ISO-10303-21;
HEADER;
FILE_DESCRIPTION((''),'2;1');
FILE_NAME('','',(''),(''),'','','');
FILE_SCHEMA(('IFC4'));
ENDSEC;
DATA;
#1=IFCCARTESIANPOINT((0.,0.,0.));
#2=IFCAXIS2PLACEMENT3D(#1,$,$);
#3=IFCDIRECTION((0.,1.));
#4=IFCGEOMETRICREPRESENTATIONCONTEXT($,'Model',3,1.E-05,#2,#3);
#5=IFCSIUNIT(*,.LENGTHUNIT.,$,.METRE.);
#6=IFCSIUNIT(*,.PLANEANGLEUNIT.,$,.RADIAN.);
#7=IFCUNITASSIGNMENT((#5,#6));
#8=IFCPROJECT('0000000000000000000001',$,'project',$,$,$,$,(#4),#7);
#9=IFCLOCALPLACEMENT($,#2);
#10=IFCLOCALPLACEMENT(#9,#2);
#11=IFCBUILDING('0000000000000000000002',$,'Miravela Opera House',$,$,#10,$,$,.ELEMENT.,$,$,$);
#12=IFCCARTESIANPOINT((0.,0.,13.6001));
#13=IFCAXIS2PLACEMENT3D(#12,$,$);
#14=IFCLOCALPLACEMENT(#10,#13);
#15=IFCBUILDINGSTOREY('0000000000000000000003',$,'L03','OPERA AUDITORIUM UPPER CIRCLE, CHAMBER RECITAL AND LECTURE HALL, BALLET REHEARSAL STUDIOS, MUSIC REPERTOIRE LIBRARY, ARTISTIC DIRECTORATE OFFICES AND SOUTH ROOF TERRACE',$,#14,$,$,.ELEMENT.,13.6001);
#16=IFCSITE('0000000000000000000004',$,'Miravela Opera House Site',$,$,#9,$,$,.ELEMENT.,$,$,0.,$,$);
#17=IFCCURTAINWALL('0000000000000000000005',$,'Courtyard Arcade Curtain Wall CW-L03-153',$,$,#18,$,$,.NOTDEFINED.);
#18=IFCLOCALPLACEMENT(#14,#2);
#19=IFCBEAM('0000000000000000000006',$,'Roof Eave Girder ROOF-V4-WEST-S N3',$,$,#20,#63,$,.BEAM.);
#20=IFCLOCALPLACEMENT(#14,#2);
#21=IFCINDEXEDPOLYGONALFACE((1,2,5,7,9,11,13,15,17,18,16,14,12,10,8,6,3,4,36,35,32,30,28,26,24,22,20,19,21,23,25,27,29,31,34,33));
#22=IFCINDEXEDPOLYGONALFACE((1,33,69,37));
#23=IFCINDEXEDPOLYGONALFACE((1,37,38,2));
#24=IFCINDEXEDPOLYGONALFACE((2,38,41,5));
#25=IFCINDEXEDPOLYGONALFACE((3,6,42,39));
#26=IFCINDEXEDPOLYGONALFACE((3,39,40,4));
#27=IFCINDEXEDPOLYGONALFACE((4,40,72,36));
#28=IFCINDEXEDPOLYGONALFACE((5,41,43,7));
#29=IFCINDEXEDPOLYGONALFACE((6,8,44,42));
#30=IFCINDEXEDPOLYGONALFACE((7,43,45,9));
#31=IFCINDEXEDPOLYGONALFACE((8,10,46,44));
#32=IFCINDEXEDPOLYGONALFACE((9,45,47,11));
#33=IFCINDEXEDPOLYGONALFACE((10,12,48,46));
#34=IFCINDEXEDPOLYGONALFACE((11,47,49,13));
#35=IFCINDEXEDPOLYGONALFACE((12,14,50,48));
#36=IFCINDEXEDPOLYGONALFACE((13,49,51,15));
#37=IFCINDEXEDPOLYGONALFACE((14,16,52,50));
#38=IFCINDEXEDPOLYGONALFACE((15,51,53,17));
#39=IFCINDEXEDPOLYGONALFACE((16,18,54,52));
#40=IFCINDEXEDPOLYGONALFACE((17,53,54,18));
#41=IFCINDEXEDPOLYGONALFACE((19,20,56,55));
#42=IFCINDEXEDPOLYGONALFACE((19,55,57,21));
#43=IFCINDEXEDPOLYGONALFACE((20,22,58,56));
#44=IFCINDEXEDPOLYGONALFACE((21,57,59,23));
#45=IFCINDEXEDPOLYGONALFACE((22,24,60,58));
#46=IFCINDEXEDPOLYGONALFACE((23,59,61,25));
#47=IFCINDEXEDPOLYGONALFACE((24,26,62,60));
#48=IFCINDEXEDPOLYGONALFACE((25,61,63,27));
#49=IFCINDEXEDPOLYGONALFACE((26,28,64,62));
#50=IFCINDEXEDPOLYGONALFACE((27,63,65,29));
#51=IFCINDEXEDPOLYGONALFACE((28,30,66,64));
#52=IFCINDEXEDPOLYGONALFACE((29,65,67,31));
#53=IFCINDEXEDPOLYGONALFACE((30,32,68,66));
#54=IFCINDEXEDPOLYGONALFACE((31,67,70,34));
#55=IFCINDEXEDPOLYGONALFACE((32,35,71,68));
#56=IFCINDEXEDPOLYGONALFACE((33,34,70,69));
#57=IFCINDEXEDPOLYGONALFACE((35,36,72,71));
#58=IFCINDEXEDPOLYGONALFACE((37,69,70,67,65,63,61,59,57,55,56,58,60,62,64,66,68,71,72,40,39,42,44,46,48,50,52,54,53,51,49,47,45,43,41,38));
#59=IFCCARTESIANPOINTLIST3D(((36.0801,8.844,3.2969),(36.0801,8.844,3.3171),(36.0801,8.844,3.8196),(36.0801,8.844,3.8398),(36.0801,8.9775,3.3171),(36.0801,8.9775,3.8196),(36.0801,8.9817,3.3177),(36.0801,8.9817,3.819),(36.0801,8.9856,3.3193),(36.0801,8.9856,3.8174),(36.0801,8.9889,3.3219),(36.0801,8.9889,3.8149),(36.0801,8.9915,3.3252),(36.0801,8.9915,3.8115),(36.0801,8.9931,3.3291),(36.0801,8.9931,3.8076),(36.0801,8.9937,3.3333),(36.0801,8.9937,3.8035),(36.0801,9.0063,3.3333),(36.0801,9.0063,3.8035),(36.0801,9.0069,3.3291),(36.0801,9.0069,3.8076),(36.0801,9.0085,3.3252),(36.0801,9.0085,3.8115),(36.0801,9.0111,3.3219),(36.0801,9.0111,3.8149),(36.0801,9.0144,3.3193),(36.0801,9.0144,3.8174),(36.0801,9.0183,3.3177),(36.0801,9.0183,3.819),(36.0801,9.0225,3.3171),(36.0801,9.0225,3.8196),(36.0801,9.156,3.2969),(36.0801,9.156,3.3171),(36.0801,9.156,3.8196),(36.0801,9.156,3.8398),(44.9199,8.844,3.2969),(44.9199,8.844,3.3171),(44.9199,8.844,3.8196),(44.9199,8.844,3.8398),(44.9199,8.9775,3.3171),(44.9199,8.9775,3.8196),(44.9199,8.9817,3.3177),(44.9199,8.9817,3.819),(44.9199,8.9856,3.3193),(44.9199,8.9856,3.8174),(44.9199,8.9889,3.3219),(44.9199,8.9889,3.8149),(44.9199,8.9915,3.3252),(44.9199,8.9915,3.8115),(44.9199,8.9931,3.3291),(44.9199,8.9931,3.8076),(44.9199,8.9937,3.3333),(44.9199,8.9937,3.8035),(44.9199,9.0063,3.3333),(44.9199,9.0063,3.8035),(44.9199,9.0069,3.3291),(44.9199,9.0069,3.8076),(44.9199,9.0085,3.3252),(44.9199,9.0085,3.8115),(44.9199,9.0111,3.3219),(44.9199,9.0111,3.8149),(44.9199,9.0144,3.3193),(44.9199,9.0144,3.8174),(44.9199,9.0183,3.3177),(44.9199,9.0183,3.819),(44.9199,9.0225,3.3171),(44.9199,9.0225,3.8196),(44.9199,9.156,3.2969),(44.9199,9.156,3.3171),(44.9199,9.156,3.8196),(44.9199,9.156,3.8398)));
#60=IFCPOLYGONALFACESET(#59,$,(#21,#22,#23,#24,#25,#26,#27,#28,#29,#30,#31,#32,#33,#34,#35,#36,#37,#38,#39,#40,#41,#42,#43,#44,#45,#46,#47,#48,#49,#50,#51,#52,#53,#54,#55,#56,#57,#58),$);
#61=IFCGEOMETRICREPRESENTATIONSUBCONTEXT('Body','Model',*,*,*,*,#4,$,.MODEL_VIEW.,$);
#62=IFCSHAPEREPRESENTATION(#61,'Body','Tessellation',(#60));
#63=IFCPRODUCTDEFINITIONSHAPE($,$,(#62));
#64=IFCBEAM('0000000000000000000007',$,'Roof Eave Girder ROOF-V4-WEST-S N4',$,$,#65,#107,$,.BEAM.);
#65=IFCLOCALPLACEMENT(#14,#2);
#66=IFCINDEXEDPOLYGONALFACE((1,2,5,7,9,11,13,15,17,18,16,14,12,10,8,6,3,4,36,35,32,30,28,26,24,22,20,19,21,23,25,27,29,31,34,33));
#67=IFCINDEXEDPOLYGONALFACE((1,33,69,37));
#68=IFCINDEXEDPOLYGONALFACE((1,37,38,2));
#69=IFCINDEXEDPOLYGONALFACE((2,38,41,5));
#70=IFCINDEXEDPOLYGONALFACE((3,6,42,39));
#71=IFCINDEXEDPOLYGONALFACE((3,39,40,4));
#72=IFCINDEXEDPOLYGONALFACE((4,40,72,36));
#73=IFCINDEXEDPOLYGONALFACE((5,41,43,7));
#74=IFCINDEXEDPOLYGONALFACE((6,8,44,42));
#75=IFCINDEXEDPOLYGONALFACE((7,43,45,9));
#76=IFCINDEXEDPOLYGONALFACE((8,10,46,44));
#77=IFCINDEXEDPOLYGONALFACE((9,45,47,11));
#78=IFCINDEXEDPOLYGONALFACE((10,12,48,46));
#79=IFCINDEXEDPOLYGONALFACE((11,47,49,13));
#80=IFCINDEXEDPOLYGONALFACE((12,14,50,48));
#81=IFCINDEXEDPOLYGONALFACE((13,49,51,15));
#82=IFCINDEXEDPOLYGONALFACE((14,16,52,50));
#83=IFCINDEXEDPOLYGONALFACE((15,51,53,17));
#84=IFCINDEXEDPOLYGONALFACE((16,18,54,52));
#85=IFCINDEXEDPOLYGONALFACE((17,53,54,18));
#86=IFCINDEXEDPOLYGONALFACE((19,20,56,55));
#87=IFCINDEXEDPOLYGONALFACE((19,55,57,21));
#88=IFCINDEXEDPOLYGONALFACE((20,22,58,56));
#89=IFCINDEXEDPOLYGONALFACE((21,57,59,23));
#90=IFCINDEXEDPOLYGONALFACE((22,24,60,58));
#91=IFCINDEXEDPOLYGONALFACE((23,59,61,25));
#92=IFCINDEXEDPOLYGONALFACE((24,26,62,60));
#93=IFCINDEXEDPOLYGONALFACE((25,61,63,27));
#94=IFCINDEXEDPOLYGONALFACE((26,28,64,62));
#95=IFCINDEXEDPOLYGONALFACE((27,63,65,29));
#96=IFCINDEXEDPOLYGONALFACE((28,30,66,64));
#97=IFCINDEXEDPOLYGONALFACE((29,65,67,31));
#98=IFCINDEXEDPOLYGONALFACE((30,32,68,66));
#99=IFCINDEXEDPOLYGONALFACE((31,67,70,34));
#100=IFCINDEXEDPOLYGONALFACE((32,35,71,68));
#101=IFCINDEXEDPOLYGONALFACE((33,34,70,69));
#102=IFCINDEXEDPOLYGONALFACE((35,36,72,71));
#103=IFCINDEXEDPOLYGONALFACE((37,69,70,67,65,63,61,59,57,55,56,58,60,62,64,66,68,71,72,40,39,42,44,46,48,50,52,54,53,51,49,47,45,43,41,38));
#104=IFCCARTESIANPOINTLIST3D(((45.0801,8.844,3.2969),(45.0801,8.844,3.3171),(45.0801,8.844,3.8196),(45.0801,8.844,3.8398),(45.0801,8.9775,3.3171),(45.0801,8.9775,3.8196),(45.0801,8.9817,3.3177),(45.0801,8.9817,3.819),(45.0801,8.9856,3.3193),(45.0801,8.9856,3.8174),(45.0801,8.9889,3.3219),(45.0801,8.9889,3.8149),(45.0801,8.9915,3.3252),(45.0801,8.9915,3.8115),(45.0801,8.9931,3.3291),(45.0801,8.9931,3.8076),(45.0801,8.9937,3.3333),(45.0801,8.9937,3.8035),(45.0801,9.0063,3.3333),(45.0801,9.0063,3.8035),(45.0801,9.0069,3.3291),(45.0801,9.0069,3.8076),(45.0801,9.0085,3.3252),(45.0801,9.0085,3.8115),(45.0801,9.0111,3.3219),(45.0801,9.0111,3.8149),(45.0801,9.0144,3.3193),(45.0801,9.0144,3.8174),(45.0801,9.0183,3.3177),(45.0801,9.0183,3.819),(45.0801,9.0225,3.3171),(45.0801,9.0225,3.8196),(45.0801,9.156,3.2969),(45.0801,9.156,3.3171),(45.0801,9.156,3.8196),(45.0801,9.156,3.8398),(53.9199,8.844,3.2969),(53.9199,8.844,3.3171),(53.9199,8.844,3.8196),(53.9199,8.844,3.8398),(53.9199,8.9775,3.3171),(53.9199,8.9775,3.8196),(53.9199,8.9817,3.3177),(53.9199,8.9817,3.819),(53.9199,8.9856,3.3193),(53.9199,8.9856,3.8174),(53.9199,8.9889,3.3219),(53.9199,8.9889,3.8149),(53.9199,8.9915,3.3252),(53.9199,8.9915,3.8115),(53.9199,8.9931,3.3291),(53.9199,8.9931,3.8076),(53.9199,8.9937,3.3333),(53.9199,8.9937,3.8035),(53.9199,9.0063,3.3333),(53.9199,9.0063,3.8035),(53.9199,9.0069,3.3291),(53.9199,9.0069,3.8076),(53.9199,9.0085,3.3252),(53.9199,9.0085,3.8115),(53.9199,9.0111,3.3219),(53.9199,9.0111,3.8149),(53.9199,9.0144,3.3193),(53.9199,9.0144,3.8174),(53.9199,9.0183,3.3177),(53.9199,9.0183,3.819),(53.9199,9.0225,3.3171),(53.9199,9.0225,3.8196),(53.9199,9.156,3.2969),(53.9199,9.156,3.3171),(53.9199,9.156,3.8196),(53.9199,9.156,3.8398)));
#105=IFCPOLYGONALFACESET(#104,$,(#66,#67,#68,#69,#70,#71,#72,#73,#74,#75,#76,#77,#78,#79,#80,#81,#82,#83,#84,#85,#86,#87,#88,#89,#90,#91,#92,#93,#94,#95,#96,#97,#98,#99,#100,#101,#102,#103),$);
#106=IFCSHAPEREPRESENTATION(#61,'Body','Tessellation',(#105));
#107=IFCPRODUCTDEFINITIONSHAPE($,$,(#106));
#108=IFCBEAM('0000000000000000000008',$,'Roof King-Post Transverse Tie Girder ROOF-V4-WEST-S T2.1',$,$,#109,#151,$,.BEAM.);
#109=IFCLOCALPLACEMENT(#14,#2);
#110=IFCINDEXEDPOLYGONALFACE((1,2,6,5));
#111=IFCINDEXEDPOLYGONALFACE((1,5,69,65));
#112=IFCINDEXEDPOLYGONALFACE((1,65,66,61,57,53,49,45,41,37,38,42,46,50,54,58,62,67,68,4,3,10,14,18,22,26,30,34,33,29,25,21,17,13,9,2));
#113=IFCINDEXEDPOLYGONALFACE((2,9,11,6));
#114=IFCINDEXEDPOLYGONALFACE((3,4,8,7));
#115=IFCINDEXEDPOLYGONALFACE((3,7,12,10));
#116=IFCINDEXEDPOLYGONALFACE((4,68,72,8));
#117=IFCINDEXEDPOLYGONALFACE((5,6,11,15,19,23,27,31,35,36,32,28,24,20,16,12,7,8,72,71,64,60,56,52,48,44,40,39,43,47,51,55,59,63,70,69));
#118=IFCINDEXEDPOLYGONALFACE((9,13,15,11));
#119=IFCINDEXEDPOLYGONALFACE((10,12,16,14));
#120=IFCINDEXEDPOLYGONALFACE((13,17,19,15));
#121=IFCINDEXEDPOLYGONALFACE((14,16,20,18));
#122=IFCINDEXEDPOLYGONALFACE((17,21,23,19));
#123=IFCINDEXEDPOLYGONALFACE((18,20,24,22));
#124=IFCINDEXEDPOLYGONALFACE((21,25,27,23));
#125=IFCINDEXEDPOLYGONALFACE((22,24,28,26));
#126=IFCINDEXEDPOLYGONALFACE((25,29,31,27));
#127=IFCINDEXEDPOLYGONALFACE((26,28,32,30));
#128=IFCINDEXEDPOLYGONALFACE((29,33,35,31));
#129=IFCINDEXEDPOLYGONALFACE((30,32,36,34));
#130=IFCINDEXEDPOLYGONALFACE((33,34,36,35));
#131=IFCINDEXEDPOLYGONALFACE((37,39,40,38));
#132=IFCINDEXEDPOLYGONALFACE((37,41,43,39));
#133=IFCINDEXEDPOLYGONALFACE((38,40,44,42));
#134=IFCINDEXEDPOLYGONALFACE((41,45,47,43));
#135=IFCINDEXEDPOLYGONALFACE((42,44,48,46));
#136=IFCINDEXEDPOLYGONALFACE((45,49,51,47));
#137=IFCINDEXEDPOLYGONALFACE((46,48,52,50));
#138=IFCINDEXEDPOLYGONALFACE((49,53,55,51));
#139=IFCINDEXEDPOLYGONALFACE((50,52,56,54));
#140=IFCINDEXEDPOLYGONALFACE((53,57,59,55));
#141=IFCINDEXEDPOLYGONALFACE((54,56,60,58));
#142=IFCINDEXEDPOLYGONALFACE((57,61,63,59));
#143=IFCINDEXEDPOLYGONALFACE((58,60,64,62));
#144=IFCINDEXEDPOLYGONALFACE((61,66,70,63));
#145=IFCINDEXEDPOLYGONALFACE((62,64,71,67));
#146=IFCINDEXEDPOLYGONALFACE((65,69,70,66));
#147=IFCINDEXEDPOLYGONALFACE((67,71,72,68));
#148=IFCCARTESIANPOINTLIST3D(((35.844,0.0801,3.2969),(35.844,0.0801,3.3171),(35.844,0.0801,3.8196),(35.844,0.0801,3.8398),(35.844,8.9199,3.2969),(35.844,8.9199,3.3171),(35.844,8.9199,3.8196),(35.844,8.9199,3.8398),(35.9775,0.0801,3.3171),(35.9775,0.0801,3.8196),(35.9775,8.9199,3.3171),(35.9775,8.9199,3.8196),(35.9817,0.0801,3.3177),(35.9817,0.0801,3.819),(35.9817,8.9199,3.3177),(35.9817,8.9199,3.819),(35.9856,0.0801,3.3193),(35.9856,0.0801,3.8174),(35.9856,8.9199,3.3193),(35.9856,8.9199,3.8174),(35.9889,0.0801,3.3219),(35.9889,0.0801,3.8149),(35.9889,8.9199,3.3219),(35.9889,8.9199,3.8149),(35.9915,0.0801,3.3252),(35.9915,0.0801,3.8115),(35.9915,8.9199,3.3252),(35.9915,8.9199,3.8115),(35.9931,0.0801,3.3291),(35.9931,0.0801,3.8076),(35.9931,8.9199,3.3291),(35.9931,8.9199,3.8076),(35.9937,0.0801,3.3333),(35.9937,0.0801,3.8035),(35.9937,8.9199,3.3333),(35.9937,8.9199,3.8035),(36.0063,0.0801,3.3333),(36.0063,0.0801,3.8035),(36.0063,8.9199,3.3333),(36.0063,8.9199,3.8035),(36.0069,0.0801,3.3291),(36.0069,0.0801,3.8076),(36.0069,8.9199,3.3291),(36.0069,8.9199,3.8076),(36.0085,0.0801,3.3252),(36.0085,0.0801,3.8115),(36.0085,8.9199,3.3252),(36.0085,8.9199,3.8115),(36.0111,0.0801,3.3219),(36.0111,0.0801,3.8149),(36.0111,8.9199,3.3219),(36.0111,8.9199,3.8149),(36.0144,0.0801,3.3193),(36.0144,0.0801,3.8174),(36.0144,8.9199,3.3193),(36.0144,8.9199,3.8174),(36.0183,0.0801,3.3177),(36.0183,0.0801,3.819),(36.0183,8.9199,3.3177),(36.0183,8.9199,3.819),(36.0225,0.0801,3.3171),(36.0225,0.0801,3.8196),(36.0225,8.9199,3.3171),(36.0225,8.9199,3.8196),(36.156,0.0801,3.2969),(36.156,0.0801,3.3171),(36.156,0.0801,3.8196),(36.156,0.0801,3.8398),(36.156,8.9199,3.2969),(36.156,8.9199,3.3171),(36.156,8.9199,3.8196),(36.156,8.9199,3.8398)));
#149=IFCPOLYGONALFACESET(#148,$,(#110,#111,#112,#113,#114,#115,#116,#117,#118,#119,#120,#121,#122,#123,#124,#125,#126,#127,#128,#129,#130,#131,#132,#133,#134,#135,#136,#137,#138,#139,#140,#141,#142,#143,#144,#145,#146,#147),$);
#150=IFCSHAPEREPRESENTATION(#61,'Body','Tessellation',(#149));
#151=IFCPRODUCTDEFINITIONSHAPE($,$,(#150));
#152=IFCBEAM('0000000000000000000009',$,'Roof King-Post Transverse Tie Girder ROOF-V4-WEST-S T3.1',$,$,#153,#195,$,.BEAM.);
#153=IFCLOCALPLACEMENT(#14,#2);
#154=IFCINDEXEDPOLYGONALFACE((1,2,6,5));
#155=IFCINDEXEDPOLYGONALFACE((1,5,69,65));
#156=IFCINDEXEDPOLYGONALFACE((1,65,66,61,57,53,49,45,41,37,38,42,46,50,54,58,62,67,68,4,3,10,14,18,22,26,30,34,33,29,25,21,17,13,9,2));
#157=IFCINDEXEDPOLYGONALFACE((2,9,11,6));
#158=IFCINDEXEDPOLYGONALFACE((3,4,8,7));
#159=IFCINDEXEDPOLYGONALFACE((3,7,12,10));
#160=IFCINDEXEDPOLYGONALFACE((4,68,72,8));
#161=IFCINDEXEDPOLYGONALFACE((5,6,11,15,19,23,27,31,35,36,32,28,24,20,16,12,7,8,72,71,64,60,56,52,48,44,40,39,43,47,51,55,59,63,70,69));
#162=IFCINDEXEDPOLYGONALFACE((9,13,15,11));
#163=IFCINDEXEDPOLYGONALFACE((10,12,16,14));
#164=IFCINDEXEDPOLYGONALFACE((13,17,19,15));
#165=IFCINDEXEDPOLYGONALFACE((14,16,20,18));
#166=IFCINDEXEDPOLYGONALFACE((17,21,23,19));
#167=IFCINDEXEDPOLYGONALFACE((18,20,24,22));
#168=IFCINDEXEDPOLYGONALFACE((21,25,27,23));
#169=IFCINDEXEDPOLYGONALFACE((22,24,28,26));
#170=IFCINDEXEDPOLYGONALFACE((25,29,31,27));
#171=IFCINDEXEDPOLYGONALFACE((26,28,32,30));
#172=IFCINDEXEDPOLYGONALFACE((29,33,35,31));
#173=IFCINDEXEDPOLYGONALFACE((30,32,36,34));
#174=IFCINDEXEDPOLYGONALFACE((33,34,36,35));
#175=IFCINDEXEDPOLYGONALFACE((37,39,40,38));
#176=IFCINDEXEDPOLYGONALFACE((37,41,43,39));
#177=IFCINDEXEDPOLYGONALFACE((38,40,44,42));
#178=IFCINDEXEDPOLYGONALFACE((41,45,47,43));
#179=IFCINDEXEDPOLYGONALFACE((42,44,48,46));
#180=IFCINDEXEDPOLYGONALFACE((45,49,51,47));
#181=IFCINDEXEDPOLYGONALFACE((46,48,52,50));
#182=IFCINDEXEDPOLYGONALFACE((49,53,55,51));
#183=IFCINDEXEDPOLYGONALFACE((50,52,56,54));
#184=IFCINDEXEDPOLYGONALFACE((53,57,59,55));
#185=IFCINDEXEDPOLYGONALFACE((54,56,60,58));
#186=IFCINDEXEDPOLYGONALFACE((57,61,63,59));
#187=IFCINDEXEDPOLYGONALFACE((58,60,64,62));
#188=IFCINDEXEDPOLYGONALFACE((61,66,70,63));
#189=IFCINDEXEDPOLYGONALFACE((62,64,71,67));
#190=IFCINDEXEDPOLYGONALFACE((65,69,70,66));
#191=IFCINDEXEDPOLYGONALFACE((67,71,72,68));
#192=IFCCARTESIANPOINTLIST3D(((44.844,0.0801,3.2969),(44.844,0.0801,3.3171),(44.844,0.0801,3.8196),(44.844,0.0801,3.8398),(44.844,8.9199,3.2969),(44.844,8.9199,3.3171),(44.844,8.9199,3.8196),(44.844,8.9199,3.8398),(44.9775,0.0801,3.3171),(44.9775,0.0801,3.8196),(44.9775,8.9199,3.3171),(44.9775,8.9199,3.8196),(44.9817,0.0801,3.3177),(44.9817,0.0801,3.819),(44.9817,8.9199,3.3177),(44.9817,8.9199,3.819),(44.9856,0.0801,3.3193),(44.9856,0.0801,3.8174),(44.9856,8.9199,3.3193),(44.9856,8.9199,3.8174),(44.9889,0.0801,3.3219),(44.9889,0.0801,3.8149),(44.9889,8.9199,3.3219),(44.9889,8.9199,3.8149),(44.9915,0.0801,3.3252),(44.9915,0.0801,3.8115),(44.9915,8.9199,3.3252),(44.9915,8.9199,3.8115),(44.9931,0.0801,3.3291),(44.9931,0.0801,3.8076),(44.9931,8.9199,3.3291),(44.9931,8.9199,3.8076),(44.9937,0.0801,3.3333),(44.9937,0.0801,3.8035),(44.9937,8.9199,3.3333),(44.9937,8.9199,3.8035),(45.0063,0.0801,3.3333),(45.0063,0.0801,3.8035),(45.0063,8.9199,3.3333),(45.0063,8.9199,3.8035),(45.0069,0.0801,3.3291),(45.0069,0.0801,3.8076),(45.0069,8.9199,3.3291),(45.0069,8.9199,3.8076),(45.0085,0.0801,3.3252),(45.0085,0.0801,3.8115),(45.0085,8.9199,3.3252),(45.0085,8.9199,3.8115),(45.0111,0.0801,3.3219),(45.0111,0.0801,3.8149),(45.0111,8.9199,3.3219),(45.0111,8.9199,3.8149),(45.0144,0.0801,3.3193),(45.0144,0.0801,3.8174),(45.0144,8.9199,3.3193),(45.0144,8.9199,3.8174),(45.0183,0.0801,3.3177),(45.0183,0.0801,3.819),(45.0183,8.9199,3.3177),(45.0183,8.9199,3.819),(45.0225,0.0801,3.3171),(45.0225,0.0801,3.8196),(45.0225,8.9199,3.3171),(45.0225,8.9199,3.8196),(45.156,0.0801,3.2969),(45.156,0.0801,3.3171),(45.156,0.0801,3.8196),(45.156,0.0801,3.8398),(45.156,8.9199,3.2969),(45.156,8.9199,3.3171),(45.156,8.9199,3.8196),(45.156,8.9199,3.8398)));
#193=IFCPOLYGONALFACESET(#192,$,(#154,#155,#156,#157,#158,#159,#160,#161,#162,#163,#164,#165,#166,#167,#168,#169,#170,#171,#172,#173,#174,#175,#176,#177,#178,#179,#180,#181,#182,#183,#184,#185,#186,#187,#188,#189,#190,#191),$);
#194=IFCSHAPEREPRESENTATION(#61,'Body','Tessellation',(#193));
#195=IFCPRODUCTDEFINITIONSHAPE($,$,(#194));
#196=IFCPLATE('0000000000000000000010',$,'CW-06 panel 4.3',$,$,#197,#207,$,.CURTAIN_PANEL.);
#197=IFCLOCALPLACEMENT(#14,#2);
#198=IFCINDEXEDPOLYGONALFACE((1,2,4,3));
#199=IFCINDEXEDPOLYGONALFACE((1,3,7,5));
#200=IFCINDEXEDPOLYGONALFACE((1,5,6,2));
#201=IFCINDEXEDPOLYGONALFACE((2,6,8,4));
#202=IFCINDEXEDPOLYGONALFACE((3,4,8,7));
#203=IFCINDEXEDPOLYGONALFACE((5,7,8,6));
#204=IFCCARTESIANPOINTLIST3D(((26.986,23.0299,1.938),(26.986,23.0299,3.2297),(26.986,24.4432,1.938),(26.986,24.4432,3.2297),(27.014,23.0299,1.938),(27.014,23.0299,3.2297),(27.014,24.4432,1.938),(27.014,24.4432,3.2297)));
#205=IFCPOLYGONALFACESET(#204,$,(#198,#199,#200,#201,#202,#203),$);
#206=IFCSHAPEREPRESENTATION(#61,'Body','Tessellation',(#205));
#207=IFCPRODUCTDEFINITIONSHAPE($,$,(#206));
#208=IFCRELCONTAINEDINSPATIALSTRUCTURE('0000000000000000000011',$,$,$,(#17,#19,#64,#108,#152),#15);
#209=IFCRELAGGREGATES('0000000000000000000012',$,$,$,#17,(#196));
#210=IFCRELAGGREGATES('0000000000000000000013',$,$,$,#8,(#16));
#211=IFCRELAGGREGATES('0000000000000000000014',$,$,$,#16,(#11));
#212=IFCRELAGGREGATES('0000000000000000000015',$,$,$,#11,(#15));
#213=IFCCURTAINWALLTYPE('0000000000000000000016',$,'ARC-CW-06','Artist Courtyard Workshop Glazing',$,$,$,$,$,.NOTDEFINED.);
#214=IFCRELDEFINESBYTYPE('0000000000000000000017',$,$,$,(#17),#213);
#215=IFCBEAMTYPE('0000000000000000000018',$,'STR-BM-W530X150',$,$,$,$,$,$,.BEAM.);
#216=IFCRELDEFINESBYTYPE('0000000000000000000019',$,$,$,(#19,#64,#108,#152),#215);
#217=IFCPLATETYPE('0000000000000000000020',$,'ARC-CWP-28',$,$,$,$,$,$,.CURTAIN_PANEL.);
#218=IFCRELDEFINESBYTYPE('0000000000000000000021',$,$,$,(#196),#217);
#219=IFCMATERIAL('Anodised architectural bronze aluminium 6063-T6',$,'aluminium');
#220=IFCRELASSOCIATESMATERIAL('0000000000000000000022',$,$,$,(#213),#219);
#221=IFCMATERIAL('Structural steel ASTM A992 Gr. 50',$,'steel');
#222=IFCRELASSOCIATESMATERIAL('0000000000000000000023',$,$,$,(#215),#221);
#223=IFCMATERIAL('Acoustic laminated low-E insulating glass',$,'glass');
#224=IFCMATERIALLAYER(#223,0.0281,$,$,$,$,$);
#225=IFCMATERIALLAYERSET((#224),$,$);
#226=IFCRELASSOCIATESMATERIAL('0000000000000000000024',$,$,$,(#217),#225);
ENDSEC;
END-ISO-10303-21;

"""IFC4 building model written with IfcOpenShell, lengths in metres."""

from ifc_helpers import new_model, si_unit, direction, frame, origin, origin_2d, place, context, subcontext, project, spatial, rectangle, i_section, extrude, material, layer, layer_set, material_profile, profile_set, type_object, element, aggregate, save


model = new_model("IFC4")

# Units and contexts
model_context = context("Model", 3, precision=1e-05, world=origin(), true_north=direction((0.0, 1.0)))
body_context = subcontext(model_context, "Body", "Model", "MODEL_VIEW")
ifc_project = project(units=[si_unit("LENGTHUNIT", "METRE"), si_unit("PLANEANGLEUNIT", "RADIAN")], contexts=[model_context])

# Site, building, storey
site_placement = place(None, origin())
site = spatial("IfcSite", under=ifc_project, at=site_placement, Name="Miravela Opera House Site", CompositionType="ELEMENT", RefElevation=0.0)
building_placement = place(site_placement, origin())
building = spatial("IfcBuilding", under=site, at=building_placement, Name="Miravela Opera House", CompositionType="ELEMENT")
storey_placement = place(building_placement, frame((0.0, 0.0, 13.6001)))
storey = spatial("IfcBuildingStorey", under=building, at=storey_placement, Name="L03", Description="OPERA AUDITORIUM UPPER CIRCLE, CHAMBER RECITAL AND LECTURE HALL, BALLET REHEARSAL STUDIOS, MUSIC REPERTOIRE LIBRARY, ARTISTIC DIRECTORATE OFFICES AND SOUTH ROOF TERRACE", CompositionType="ELEMENT", Elevation=13.6001)

# Shared definitions
ifc_material_1 = material(Name="Anodised architectural bronze aluminium 6063-T6", Category="aluminium")
curtain_wall_type = type_object("IfcCurtainWallType", Name="ARC-CW-06", Description="Artist Courtyard Workshop Glazing", PredefinedType="NOTDEFINED", material=ifc_material_1)

# Curtain wall
curtain_wall_1_placement = place(storey_placement, origin())
curtain_wall_1 = element("IfcCurtainWall", 1, at=curtain_wall_1_placement, inside=storey, type_object=curtain_wall_type, Name="Courtyard Arcade Curtain Wall CW-L03-153", PredefinedType="NOTDEFINED")

# Beams
ifc_material_2 = material(Name="Structural steel ASTM A992 Gr. 50", Category="steel")
ifc_material_profile_1 = material_profile(ifc_material_2, i_section(OverallWidth=0.312, OverallDepth=0.543, WebThickness=0.0127, FlangeThickness=0.0203, FilletRadius=0.0161, at=origin_2d()), Name="W530X150")
ifc_profile_set_1 = profile_set([ifc_material_profile_1])
beam_type = type_object("IfcBeamType", Name="STR-BM-W530X150", PredefinedType="BEAM", material=ifc_profile_set_1)
for number, where, z_axis, x_axis, name in (
    (2, (36.0801, 9.0, 3.5684), (1.0, 0.0, 0.0), (0.0, 1.0, 0.0), "Roof Eave Girder ROOF-V4-WEST-S N3"),
    (3, (45.0801, 9.0, 3.5684), (1.0, 0.0, 0.0), (0.0, 1.0, 0.0), "Roof Eave Girder ROOF-V4-WEST-S N4"),
    (4, (36.0, 0.0801, 3.5684), (0.0, 1.0, 0.0), (-1.0, 0.0, 0.0), "Roof King-Post Transverse Tie Girder ROOF-V4-WEST-S T2.1"),
    (5, (45.0, 0.0801, 3.5684), (0.0, 1.0, 0.0), (-1.0, 0.0, 0.0), "Roof King-Post Transverse Tie Girder ROOF-V4-WEST-S T3.1"),
):
    element("IfcBeam", number, at=place(storey_placement, frame(where, z_axis=z_axis, x_axis=x_axis)), inside=storey, type_object=beam_type, Name=name, PredefinedType="BEAM", context=body_context, shape_type="SweptSolid", body=[
        extrude(i_section(OverallWidth=0.312, OverallDepth=0.543, WebThickness=0.0127, FlangeThickness=0.0203, FilletRadius=0.0161, at=origin_2d()), origin(), (0.0, 0.0, 1.0), 8.8398),
    ])

# Plate
ifc_material_3 = material(Name="Acoustic laminated low-E insulating glass", Category="glass")
ifc_layer = layer(ifc_material_3, 0.0281)
ifc_layer_set = layer_set([ifc_layer])
plate_type = type_object("IfcPlateType", Name="ARC-CWP-28", PredefinedType="CURTAIN_PANEL", material=ifc_layer_set)
plate_1_placement = place(storey_placement, frame((27.0, 23.7366, 1.938), z_axis=(0.0, 0.0, 1.0), x_axis=(0.0, 1.0, 0.0)))
plate_1 = element("IfcPlate", 6, at=plate_1_placement, type_object=plate_type, Name="CW-06 panel 4.3", PredefinedType="CURTAIN_PANEL", context=body_context, shape_type="SweptSolid", body=[
    extrude(rectangle(XDim=1.4133, YDim=0.0281, at=origin_2d()), origin(), (0.0, 0.0, 1.0), 1.2917),
])
aggregate(curtain_wall_1, [plate_1])

save(model, "model.ifc")
